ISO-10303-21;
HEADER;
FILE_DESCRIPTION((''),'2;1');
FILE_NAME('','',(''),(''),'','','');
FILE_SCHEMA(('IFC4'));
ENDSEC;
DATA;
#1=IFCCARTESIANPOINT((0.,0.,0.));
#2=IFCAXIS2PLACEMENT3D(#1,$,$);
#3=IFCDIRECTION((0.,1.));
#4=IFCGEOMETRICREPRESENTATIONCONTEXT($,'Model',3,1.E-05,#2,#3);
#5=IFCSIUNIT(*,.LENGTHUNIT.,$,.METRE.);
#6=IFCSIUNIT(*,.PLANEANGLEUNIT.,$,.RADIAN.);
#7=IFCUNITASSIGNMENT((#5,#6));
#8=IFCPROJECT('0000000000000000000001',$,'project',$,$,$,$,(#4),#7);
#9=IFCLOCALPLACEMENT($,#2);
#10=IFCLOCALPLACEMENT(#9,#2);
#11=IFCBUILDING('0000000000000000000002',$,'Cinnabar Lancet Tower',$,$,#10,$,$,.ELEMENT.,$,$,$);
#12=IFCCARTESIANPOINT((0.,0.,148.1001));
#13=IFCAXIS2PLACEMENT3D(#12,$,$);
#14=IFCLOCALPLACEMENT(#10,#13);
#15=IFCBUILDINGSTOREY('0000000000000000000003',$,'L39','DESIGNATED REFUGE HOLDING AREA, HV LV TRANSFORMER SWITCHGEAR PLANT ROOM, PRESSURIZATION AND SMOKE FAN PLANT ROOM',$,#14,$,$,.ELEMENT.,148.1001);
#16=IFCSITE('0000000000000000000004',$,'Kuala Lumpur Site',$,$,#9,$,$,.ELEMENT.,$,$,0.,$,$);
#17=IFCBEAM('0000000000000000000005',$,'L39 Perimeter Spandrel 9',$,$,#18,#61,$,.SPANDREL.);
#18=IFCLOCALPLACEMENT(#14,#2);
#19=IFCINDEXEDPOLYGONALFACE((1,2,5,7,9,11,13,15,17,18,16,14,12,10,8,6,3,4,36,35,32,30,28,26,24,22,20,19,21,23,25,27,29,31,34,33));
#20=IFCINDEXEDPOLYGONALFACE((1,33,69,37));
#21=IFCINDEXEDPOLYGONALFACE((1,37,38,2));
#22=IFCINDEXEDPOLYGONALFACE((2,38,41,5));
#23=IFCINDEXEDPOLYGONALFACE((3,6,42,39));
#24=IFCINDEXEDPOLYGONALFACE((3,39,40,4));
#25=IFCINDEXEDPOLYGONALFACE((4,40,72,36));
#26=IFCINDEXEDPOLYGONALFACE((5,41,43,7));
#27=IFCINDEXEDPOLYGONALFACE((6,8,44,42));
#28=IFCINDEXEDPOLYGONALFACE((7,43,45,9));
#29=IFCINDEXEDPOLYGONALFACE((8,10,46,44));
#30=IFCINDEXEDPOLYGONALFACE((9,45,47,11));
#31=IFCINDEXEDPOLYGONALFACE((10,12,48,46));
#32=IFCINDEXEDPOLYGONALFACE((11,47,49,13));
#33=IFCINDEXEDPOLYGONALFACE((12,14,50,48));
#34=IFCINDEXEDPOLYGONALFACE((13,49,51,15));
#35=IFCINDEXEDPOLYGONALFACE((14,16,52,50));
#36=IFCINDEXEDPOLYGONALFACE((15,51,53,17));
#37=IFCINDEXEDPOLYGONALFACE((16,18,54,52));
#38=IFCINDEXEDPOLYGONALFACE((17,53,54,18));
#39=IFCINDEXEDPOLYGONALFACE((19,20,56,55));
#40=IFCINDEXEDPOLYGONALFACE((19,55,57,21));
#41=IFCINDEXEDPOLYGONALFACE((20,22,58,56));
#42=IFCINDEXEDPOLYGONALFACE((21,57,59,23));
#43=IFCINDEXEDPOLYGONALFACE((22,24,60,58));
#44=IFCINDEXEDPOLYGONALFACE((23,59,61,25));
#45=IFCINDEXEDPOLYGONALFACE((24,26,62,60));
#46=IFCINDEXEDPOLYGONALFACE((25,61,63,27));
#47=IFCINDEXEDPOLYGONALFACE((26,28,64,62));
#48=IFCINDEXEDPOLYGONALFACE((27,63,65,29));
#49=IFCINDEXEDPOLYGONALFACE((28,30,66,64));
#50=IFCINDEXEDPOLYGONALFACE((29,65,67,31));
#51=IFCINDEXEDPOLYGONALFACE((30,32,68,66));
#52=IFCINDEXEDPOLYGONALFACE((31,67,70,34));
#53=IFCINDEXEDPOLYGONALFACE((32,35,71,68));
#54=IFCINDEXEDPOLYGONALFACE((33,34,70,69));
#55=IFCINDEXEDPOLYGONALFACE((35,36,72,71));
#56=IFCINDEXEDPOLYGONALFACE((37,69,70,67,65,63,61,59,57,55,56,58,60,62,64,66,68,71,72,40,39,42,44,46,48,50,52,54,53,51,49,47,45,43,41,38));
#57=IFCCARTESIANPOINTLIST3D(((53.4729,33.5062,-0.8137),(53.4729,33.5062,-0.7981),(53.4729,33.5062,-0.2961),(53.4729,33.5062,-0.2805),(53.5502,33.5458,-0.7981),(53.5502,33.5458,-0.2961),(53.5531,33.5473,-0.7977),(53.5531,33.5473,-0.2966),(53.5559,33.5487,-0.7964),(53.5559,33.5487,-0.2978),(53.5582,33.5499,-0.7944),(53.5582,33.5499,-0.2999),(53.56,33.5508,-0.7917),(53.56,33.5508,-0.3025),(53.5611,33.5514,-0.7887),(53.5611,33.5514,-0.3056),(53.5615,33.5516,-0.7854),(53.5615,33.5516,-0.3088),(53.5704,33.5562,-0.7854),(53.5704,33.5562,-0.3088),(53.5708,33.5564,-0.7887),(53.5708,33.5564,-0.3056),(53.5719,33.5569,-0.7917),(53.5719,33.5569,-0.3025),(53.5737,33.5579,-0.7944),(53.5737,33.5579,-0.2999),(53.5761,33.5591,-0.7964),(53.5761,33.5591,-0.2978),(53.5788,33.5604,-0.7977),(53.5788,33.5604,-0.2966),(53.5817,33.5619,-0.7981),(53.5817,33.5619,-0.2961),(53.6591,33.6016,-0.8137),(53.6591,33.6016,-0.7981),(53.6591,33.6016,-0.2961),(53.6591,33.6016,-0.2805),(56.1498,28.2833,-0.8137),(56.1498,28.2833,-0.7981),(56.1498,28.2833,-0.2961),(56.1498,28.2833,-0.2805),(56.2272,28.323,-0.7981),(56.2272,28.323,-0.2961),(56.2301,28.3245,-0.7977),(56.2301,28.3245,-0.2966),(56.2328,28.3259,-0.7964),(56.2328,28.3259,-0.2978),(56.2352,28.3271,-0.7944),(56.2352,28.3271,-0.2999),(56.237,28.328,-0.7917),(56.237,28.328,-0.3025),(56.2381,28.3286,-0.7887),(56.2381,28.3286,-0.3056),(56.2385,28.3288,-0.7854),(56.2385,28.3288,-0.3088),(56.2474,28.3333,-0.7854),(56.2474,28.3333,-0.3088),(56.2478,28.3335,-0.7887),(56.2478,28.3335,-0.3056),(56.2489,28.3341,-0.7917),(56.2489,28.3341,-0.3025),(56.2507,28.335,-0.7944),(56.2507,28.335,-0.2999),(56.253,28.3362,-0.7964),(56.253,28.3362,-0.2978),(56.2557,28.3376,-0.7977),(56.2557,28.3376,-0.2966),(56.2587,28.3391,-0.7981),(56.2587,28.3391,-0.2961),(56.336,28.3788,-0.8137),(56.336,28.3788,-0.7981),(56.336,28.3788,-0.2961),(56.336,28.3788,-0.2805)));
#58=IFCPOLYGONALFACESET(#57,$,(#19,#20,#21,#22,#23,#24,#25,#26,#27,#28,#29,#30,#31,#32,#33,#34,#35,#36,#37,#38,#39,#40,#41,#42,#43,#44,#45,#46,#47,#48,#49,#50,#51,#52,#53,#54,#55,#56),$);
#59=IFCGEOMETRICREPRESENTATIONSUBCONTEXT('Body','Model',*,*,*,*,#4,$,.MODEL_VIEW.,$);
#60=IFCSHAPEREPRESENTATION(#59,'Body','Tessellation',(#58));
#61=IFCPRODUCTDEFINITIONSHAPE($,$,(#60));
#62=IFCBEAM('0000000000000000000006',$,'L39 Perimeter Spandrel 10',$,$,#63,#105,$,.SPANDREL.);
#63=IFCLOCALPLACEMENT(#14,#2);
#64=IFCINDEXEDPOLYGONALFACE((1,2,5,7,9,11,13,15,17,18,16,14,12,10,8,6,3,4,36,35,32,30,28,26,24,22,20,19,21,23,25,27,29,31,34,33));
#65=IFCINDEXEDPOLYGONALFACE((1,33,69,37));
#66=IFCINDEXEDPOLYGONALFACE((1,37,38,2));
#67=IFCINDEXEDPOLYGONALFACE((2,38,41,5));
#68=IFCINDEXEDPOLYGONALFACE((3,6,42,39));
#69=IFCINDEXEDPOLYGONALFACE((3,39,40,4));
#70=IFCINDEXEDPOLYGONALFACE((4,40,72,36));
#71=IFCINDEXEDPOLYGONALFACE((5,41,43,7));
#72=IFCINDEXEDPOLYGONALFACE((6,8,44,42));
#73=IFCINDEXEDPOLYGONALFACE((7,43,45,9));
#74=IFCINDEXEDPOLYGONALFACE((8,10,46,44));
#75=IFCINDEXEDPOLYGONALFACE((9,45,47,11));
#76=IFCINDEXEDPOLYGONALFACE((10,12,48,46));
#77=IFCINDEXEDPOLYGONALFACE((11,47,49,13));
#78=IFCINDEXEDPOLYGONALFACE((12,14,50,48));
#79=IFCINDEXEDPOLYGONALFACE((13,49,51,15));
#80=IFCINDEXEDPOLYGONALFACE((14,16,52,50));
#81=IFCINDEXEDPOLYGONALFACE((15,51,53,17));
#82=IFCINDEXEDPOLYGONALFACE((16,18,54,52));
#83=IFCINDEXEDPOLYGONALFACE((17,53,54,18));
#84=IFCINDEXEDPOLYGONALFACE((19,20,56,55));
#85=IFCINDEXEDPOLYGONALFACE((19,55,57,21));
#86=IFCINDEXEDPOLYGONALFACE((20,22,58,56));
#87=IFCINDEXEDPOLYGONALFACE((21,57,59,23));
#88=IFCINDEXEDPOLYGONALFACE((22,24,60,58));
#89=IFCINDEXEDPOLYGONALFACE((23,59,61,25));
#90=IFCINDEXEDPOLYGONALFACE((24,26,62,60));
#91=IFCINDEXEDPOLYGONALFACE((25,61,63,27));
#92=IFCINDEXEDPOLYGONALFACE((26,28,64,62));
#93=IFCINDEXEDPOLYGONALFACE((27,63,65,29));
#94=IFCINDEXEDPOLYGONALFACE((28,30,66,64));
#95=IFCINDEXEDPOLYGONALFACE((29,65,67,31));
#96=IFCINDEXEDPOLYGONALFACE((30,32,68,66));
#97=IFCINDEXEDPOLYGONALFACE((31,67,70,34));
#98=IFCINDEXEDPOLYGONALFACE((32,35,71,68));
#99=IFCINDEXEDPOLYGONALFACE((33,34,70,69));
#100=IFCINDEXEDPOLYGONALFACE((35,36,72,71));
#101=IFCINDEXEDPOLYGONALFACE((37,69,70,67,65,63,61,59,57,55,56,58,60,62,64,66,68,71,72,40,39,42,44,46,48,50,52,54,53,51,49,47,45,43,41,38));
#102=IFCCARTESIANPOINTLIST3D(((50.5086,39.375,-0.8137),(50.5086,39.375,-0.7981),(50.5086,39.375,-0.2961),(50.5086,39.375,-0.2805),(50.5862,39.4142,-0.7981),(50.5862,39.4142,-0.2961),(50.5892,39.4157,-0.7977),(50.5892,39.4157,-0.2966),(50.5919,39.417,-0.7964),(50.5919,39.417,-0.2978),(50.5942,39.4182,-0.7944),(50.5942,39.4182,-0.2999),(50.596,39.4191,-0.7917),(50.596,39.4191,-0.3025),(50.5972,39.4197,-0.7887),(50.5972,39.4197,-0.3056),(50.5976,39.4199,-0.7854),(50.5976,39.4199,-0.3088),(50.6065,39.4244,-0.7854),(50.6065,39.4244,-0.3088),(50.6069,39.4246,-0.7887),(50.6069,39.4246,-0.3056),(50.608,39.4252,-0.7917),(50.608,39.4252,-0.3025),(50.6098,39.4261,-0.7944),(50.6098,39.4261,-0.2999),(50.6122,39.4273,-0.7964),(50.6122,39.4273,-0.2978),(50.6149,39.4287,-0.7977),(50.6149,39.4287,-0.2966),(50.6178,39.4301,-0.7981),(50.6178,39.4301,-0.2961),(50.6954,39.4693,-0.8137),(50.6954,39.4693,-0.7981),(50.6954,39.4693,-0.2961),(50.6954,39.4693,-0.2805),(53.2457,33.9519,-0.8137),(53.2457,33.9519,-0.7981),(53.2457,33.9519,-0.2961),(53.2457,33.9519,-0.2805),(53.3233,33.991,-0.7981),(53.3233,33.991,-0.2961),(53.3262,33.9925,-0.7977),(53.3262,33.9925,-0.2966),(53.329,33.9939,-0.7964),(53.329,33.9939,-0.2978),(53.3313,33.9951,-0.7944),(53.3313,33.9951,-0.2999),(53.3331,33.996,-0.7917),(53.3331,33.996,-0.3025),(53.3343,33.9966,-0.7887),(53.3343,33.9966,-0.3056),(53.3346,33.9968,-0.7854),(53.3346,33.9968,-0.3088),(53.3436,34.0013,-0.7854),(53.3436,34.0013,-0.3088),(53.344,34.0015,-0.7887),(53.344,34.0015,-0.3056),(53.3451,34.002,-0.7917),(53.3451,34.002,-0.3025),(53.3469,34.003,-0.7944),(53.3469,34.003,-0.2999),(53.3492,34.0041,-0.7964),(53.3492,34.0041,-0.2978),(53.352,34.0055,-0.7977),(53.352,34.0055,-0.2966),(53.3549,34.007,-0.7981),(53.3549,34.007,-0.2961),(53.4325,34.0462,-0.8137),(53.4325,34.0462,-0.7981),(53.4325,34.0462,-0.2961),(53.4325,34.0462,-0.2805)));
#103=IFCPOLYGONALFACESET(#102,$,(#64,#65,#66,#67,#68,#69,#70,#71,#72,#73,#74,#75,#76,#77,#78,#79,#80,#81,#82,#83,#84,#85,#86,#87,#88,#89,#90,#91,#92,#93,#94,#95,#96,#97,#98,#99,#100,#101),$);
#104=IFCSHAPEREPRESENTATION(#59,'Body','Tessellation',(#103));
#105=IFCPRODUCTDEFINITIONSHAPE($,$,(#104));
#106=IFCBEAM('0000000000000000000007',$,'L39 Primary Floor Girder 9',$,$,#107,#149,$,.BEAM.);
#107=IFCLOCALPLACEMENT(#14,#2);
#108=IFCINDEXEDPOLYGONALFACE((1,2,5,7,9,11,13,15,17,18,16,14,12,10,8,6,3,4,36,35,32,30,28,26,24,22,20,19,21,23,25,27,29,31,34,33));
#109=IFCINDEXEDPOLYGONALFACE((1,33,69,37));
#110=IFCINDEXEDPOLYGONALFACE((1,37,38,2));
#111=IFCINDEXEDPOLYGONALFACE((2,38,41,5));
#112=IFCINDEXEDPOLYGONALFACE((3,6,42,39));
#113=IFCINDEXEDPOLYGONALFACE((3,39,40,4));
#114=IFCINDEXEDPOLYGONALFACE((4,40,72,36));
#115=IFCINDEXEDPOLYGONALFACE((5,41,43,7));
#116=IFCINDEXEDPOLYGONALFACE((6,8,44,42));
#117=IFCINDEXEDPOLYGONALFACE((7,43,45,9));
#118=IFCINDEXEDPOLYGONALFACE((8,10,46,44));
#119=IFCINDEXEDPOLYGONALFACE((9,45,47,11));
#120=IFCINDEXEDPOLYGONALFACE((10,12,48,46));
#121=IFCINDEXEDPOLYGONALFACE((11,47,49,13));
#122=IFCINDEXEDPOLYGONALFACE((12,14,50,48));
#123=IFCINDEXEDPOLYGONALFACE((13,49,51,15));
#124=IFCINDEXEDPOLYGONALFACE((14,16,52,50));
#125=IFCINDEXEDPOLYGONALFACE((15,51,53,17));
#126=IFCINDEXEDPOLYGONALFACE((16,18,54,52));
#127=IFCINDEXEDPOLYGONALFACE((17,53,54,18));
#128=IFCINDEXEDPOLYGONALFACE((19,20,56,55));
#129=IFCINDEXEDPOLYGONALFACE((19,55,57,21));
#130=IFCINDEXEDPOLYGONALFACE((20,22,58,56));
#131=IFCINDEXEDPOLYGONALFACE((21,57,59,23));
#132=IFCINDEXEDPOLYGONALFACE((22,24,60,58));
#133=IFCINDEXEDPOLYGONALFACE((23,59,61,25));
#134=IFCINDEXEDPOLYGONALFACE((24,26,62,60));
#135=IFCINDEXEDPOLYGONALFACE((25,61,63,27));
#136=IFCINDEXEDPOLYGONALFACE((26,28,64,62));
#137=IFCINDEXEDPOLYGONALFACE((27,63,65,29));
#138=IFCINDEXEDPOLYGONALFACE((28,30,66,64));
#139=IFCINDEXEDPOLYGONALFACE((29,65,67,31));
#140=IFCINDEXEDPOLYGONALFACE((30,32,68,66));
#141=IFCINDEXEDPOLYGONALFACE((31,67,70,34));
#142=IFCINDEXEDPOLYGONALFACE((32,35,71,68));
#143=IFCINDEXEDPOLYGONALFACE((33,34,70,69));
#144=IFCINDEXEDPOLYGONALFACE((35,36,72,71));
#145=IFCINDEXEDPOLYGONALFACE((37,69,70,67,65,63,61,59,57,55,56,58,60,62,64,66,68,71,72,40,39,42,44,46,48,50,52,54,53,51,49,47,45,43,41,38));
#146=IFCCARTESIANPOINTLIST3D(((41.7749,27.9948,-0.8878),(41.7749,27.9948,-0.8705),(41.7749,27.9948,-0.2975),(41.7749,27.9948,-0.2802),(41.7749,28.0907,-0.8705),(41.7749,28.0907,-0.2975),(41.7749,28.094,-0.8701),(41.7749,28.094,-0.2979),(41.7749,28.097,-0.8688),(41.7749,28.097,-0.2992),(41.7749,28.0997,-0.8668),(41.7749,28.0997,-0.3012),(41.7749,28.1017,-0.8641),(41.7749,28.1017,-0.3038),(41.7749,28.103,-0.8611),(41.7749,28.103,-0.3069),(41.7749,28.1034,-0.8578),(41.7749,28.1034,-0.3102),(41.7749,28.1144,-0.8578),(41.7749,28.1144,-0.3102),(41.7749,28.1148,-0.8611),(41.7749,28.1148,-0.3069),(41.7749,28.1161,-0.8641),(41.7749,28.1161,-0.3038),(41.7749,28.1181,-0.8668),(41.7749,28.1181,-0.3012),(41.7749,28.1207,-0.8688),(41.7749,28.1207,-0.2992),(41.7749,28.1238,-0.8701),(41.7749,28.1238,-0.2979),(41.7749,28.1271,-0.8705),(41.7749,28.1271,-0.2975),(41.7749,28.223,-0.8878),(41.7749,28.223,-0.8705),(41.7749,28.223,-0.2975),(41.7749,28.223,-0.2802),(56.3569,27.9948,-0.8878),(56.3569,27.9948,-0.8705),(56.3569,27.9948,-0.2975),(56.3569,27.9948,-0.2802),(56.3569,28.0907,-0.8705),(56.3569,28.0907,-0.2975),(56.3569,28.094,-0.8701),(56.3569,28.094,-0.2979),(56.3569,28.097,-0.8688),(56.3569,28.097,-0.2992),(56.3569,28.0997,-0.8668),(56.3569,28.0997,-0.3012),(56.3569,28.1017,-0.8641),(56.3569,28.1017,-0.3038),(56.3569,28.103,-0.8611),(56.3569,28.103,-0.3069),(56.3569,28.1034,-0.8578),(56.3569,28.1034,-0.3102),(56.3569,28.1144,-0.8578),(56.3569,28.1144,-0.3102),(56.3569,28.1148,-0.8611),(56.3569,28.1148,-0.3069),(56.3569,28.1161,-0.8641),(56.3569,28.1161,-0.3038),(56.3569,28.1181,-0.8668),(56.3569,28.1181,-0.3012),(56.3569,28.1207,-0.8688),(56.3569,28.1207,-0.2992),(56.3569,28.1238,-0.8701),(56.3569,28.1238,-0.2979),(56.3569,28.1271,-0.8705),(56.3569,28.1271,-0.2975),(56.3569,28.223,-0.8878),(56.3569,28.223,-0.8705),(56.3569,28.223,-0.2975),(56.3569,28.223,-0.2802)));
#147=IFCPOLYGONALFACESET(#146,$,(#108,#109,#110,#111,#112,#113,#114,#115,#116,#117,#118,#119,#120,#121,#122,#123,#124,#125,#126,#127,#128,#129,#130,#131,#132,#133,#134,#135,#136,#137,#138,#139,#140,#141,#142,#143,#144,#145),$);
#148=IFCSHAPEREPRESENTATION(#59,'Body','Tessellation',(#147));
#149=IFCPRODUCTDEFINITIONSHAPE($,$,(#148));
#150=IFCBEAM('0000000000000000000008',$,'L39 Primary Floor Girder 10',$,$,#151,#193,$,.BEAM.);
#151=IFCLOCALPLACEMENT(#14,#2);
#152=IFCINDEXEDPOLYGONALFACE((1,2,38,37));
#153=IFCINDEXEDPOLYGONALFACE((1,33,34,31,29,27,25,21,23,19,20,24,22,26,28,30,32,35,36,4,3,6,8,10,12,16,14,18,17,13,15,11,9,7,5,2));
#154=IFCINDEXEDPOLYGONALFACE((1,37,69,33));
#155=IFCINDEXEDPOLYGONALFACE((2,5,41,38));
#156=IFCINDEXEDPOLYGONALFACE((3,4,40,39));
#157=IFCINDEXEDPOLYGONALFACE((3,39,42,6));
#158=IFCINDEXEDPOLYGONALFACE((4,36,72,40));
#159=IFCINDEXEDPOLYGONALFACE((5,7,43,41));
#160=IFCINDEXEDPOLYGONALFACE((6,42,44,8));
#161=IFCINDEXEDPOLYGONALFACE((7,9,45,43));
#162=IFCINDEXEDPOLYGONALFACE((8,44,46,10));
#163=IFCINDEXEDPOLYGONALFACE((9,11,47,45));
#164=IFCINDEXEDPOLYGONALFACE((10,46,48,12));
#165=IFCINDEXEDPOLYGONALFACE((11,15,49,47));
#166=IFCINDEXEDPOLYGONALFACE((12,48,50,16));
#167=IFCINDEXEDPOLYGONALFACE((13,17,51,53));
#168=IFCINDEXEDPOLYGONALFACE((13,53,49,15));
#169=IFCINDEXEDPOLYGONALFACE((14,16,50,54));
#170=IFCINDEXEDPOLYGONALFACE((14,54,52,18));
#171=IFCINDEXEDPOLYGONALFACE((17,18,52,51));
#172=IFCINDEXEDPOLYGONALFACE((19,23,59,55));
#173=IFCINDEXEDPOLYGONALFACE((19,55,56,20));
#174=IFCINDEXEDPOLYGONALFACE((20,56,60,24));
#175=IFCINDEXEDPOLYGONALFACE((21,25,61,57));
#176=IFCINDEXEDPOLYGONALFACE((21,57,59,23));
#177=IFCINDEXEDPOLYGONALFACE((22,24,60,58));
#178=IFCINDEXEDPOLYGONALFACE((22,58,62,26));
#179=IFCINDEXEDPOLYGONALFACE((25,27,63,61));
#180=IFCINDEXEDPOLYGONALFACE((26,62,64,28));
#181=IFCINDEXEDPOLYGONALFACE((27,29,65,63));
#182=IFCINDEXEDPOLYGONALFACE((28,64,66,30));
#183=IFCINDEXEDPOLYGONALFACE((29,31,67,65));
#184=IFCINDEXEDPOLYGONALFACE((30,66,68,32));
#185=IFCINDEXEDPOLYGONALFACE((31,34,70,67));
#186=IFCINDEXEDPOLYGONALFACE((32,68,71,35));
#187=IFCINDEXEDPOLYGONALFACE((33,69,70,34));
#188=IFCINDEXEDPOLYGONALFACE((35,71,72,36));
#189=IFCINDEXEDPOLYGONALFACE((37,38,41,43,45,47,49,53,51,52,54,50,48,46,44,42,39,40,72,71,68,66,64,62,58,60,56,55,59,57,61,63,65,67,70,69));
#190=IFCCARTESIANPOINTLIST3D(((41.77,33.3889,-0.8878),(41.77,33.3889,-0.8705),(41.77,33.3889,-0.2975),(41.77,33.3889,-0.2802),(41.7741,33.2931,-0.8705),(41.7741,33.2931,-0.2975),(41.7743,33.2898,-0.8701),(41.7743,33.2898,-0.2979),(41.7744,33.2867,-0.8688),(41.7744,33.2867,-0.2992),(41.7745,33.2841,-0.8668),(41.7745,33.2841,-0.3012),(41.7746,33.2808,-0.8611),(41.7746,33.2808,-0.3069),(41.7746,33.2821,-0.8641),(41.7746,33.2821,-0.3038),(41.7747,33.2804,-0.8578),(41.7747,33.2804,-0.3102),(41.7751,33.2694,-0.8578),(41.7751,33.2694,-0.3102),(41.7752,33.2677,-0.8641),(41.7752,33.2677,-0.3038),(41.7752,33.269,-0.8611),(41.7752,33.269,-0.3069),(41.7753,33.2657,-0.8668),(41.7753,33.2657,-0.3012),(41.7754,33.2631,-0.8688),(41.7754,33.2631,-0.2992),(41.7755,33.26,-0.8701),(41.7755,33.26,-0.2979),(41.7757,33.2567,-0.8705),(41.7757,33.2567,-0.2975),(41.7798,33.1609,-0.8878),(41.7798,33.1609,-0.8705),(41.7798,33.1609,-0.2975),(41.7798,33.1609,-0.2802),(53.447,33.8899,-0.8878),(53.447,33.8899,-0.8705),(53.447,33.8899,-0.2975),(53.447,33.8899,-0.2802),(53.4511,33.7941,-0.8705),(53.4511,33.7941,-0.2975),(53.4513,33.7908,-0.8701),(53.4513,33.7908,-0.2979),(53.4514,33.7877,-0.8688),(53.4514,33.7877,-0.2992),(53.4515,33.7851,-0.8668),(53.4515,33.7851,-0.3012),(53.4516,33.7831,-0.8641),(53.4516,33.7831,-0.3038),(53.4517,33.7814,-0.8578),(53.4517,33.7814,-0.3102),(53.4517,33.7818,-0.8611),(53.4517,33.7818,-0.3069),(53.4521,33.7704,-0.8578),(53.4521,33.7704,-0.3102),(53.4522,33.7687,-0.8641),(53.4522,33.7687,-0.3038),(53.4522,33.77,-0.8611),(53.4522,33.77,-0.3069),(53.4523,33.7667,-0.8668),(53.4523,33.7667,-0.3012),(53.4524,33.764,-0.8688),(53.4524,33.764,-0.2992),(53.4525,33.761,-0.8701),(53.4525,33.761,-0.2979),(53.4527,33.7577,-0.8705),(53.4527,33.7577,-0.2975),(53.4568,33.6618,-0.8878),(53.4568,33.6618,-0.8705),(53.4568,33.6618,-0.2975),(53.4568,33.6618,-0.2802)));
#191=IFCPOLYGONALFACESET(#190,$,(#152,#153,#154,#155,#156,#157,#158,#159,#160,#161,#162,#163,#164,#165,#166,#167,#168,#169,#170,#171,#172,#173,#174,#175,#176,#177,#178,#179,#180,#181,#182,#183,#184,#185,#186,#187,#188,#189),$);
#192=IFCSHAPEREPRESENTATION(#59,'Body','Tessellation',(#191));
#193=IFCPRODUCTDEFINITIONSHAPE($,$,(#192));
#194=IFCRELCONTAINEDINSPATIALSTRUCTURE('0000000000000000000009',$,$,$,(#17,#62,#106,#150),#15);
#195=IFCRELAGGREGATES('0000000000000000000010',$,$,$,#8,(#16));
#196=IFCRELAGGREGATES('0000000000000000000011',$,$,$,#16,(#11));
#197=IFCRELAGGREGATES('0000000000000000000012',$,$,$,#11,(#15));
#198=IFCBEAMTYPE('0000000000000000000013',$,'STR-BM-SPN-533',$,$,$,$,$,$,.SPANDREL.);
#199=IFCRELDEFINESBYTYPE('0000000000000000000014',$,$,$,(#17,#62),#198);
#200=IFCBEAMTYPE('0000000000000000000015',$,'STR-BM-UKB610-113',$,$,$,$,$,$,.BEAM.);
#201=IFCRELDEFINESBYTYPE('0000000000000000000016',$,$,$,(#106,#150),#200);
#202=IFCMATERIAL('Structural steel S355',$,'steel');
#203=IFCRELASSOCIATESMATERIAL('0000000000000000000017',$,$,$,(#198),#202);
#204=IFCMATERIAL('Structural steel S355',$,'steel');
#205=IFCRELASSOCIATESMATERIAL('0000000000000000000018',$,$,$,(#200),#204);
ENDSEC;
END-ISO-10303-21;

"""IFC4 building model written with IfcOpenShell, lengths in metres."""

from ifc_helpers import new_model, si_unit, direction, frame, origin, origin_2d, place, context, subcontext, project, spatial, i_section, extrude, material, material_profile, profile_set, type_object, element, save


model = new_model("IFC4")

# Units and contexts
model_context = context("Model", 3, precision=1e-05, world=origin(), true_north=direction((0.0, 1.0)))
body_context = subcontext(model_context, "Body", "Model", "MODEL_VIEW")
ifc_project = project(units=[si_unit("LENGTHUNIT", "METRE"), si_unit("PLANEANGLEUNIT", "RADIAN")], contexts=[model_context])

# Site, building, storey
site_placement = place(None, origin())
site = spatial("IfcSite", under=ifc_project, at=site_placement, Name="Kuala Lumpur Site", CompositionType="ELEMENT", RefElevation=0.0)
building_placement = place(site_placement, origin())
building = spatial("IfcBuilding", under=site, at=building_placement, Name="Cinnabar Lancet Tower", CompositionType="ELEMENT")
storey_placement = place(building_placement, frame((0.0, 0.0, 148.1001)))
storey = spatial("IfcBuildingStorey", under=building, at=storey_placement, Name="L39", Description="DESIGNATED REFUGE HOLDING AREA, HV LV TRANSFORMER SWITCHGEAR PLANT ROOM, PRESSURIZATION AND SMOKE FAN PLANT ROOM", CompositionType="ELEMENT", Elevation=148.1001)

# Beams
ifc_material_1 = material(Name="Structural steel S355", Category="steel")
ifc_material_profile_1 = material_profile(ifc_material_1, i_section(OverallWidth=0.2092, OverallDepth=0.5332, WebThickness=0.01, FlangeThickness=0.0156, FilletRadius=0.0127, at=origin_2d()), Name="UKB 533x210x92")
ifc_profile_set_1 = profile_set([ifc_material_profile_1], Name="Structural steel S355")
beam_type_1 = type_object("IfcBeamType", Name="STR-BM-SPN-533", PredefinedType="SPANDREL", material=ifc_profile_set_1)
beam_1_placement = place(storey_placement, frame((56.2429, 28.3311, -0.5471), z_axis=(-0.456127, 0.889915, 0.0), x_axis=(-0.889915, -0.456127, 0.0)))
element("IfcBeam", 1, at=beam_1_placement, inside=storey, type_object=beam_type_1, Name="L39 Perimeter Spandrel 9", PredefinedType="SPANDREL", context=body_context, shape_type="SweptSolid", body=[
    extrude(i_section(OverallWidth=0.2092, OverallDepth=0.5332, WebThickness=0.01, FlangeThickness=0.0156, FilletRadius=0.0127, at=origin_2d()), origin(), (0.0, 0.0, 1.0), 5.8689),
])
beam_2_placement = place(storey_placement, frame((53.3391, 33.999, -0.5471), z_axis=(-0.45057, 0.892741, 0.0), x_axis=(-0.892741, -0.45057, 0.0)))
element("IfcBeam", 2, at=beam_2_placement, inside=storey, type_object=beam_type_1, Name="L39 Perimeter Spandrel 10", PredefinedType="SPANDREL", context=body_context, shape_type="SweptSolid", body=[
    extrude(i_section(OverallWidth=0.2092, OverallDepth=0.5332, WebThickness=0.01, FlangeThickness=0.0156, FilletRadius=0.0127, at=origin_2d()), origin(), (0.0, 0.0, 1.0), 6.0747),
])
ifc_material_2 = material(Name="Structural steel S355", Category="steel")
ifc_material_profile_2 = material_profile(ifc_material_2, i_section(OverallWidth=0.2283, OverallDepth=0.6077, WebThickness=0.011, FlangeThickness=0.0173, FilletRadius=0.0127, at=origin_2d()), Name="UKB 610x229x113")
ifc_profile_set_2 = profile_set([ifc_material_profile_2], Name="Structural steel S355")
beam_type_2 = type_object("IfcBeamType", Name="STR-BM-UKB610-113", PredefinedType="BEAM", material=ifc_profile_set_2)
beam_3_placement = place(storey_placement, frame((56.3569, 28.1089, -0.584), z_axis=(-1.0, 0.0, 0.0), x_axis=(0.0, -1.0, 0.0)))
element("IfcBeam", 3, at=beam_3_placement, inside=storey, type_object=beam_type_2, Name="L39 Primary Floor Girder 9", PredefinedType="BEAM", context=body_context, shape_type="SweptSolid", body=[
    extrude(i_section(OverallWidth=0.2283, OverallDepth=0.6077, WebThickness=0.011, FlangeThickness=0.0173, FilletRadius=0.0127, at=origin_2d()), origin(), (0.0, 0.0, 1.0), 14.582),
])
beam_4_placement = place(storey_placement, frame((53.4519, 33.7759, -0.584), z_axis=(-0.999081, -0.042863, 0.0), x_axis=(0.042863, -0.999081, 0.0)))
element("IfcBeam", 4, at=beam_4_placement, inside=storey, type_object=beam_type_2, Name="L39 Primary Floor Girder 10", PredefinedType="BEAM", context=body_context, shape_type="SweptSolid", body=[
    extrude(i_section(OverallWidth=0.2283, OverallDepth=0.6077, WebThickness=0.011, FlangeThickness=0.0173, FilletRadius=0.0127, at=origin_2d()), origin(), (0.0, 0.0, 1.0), 11.6877),
])

save(model, "model.ifc")
